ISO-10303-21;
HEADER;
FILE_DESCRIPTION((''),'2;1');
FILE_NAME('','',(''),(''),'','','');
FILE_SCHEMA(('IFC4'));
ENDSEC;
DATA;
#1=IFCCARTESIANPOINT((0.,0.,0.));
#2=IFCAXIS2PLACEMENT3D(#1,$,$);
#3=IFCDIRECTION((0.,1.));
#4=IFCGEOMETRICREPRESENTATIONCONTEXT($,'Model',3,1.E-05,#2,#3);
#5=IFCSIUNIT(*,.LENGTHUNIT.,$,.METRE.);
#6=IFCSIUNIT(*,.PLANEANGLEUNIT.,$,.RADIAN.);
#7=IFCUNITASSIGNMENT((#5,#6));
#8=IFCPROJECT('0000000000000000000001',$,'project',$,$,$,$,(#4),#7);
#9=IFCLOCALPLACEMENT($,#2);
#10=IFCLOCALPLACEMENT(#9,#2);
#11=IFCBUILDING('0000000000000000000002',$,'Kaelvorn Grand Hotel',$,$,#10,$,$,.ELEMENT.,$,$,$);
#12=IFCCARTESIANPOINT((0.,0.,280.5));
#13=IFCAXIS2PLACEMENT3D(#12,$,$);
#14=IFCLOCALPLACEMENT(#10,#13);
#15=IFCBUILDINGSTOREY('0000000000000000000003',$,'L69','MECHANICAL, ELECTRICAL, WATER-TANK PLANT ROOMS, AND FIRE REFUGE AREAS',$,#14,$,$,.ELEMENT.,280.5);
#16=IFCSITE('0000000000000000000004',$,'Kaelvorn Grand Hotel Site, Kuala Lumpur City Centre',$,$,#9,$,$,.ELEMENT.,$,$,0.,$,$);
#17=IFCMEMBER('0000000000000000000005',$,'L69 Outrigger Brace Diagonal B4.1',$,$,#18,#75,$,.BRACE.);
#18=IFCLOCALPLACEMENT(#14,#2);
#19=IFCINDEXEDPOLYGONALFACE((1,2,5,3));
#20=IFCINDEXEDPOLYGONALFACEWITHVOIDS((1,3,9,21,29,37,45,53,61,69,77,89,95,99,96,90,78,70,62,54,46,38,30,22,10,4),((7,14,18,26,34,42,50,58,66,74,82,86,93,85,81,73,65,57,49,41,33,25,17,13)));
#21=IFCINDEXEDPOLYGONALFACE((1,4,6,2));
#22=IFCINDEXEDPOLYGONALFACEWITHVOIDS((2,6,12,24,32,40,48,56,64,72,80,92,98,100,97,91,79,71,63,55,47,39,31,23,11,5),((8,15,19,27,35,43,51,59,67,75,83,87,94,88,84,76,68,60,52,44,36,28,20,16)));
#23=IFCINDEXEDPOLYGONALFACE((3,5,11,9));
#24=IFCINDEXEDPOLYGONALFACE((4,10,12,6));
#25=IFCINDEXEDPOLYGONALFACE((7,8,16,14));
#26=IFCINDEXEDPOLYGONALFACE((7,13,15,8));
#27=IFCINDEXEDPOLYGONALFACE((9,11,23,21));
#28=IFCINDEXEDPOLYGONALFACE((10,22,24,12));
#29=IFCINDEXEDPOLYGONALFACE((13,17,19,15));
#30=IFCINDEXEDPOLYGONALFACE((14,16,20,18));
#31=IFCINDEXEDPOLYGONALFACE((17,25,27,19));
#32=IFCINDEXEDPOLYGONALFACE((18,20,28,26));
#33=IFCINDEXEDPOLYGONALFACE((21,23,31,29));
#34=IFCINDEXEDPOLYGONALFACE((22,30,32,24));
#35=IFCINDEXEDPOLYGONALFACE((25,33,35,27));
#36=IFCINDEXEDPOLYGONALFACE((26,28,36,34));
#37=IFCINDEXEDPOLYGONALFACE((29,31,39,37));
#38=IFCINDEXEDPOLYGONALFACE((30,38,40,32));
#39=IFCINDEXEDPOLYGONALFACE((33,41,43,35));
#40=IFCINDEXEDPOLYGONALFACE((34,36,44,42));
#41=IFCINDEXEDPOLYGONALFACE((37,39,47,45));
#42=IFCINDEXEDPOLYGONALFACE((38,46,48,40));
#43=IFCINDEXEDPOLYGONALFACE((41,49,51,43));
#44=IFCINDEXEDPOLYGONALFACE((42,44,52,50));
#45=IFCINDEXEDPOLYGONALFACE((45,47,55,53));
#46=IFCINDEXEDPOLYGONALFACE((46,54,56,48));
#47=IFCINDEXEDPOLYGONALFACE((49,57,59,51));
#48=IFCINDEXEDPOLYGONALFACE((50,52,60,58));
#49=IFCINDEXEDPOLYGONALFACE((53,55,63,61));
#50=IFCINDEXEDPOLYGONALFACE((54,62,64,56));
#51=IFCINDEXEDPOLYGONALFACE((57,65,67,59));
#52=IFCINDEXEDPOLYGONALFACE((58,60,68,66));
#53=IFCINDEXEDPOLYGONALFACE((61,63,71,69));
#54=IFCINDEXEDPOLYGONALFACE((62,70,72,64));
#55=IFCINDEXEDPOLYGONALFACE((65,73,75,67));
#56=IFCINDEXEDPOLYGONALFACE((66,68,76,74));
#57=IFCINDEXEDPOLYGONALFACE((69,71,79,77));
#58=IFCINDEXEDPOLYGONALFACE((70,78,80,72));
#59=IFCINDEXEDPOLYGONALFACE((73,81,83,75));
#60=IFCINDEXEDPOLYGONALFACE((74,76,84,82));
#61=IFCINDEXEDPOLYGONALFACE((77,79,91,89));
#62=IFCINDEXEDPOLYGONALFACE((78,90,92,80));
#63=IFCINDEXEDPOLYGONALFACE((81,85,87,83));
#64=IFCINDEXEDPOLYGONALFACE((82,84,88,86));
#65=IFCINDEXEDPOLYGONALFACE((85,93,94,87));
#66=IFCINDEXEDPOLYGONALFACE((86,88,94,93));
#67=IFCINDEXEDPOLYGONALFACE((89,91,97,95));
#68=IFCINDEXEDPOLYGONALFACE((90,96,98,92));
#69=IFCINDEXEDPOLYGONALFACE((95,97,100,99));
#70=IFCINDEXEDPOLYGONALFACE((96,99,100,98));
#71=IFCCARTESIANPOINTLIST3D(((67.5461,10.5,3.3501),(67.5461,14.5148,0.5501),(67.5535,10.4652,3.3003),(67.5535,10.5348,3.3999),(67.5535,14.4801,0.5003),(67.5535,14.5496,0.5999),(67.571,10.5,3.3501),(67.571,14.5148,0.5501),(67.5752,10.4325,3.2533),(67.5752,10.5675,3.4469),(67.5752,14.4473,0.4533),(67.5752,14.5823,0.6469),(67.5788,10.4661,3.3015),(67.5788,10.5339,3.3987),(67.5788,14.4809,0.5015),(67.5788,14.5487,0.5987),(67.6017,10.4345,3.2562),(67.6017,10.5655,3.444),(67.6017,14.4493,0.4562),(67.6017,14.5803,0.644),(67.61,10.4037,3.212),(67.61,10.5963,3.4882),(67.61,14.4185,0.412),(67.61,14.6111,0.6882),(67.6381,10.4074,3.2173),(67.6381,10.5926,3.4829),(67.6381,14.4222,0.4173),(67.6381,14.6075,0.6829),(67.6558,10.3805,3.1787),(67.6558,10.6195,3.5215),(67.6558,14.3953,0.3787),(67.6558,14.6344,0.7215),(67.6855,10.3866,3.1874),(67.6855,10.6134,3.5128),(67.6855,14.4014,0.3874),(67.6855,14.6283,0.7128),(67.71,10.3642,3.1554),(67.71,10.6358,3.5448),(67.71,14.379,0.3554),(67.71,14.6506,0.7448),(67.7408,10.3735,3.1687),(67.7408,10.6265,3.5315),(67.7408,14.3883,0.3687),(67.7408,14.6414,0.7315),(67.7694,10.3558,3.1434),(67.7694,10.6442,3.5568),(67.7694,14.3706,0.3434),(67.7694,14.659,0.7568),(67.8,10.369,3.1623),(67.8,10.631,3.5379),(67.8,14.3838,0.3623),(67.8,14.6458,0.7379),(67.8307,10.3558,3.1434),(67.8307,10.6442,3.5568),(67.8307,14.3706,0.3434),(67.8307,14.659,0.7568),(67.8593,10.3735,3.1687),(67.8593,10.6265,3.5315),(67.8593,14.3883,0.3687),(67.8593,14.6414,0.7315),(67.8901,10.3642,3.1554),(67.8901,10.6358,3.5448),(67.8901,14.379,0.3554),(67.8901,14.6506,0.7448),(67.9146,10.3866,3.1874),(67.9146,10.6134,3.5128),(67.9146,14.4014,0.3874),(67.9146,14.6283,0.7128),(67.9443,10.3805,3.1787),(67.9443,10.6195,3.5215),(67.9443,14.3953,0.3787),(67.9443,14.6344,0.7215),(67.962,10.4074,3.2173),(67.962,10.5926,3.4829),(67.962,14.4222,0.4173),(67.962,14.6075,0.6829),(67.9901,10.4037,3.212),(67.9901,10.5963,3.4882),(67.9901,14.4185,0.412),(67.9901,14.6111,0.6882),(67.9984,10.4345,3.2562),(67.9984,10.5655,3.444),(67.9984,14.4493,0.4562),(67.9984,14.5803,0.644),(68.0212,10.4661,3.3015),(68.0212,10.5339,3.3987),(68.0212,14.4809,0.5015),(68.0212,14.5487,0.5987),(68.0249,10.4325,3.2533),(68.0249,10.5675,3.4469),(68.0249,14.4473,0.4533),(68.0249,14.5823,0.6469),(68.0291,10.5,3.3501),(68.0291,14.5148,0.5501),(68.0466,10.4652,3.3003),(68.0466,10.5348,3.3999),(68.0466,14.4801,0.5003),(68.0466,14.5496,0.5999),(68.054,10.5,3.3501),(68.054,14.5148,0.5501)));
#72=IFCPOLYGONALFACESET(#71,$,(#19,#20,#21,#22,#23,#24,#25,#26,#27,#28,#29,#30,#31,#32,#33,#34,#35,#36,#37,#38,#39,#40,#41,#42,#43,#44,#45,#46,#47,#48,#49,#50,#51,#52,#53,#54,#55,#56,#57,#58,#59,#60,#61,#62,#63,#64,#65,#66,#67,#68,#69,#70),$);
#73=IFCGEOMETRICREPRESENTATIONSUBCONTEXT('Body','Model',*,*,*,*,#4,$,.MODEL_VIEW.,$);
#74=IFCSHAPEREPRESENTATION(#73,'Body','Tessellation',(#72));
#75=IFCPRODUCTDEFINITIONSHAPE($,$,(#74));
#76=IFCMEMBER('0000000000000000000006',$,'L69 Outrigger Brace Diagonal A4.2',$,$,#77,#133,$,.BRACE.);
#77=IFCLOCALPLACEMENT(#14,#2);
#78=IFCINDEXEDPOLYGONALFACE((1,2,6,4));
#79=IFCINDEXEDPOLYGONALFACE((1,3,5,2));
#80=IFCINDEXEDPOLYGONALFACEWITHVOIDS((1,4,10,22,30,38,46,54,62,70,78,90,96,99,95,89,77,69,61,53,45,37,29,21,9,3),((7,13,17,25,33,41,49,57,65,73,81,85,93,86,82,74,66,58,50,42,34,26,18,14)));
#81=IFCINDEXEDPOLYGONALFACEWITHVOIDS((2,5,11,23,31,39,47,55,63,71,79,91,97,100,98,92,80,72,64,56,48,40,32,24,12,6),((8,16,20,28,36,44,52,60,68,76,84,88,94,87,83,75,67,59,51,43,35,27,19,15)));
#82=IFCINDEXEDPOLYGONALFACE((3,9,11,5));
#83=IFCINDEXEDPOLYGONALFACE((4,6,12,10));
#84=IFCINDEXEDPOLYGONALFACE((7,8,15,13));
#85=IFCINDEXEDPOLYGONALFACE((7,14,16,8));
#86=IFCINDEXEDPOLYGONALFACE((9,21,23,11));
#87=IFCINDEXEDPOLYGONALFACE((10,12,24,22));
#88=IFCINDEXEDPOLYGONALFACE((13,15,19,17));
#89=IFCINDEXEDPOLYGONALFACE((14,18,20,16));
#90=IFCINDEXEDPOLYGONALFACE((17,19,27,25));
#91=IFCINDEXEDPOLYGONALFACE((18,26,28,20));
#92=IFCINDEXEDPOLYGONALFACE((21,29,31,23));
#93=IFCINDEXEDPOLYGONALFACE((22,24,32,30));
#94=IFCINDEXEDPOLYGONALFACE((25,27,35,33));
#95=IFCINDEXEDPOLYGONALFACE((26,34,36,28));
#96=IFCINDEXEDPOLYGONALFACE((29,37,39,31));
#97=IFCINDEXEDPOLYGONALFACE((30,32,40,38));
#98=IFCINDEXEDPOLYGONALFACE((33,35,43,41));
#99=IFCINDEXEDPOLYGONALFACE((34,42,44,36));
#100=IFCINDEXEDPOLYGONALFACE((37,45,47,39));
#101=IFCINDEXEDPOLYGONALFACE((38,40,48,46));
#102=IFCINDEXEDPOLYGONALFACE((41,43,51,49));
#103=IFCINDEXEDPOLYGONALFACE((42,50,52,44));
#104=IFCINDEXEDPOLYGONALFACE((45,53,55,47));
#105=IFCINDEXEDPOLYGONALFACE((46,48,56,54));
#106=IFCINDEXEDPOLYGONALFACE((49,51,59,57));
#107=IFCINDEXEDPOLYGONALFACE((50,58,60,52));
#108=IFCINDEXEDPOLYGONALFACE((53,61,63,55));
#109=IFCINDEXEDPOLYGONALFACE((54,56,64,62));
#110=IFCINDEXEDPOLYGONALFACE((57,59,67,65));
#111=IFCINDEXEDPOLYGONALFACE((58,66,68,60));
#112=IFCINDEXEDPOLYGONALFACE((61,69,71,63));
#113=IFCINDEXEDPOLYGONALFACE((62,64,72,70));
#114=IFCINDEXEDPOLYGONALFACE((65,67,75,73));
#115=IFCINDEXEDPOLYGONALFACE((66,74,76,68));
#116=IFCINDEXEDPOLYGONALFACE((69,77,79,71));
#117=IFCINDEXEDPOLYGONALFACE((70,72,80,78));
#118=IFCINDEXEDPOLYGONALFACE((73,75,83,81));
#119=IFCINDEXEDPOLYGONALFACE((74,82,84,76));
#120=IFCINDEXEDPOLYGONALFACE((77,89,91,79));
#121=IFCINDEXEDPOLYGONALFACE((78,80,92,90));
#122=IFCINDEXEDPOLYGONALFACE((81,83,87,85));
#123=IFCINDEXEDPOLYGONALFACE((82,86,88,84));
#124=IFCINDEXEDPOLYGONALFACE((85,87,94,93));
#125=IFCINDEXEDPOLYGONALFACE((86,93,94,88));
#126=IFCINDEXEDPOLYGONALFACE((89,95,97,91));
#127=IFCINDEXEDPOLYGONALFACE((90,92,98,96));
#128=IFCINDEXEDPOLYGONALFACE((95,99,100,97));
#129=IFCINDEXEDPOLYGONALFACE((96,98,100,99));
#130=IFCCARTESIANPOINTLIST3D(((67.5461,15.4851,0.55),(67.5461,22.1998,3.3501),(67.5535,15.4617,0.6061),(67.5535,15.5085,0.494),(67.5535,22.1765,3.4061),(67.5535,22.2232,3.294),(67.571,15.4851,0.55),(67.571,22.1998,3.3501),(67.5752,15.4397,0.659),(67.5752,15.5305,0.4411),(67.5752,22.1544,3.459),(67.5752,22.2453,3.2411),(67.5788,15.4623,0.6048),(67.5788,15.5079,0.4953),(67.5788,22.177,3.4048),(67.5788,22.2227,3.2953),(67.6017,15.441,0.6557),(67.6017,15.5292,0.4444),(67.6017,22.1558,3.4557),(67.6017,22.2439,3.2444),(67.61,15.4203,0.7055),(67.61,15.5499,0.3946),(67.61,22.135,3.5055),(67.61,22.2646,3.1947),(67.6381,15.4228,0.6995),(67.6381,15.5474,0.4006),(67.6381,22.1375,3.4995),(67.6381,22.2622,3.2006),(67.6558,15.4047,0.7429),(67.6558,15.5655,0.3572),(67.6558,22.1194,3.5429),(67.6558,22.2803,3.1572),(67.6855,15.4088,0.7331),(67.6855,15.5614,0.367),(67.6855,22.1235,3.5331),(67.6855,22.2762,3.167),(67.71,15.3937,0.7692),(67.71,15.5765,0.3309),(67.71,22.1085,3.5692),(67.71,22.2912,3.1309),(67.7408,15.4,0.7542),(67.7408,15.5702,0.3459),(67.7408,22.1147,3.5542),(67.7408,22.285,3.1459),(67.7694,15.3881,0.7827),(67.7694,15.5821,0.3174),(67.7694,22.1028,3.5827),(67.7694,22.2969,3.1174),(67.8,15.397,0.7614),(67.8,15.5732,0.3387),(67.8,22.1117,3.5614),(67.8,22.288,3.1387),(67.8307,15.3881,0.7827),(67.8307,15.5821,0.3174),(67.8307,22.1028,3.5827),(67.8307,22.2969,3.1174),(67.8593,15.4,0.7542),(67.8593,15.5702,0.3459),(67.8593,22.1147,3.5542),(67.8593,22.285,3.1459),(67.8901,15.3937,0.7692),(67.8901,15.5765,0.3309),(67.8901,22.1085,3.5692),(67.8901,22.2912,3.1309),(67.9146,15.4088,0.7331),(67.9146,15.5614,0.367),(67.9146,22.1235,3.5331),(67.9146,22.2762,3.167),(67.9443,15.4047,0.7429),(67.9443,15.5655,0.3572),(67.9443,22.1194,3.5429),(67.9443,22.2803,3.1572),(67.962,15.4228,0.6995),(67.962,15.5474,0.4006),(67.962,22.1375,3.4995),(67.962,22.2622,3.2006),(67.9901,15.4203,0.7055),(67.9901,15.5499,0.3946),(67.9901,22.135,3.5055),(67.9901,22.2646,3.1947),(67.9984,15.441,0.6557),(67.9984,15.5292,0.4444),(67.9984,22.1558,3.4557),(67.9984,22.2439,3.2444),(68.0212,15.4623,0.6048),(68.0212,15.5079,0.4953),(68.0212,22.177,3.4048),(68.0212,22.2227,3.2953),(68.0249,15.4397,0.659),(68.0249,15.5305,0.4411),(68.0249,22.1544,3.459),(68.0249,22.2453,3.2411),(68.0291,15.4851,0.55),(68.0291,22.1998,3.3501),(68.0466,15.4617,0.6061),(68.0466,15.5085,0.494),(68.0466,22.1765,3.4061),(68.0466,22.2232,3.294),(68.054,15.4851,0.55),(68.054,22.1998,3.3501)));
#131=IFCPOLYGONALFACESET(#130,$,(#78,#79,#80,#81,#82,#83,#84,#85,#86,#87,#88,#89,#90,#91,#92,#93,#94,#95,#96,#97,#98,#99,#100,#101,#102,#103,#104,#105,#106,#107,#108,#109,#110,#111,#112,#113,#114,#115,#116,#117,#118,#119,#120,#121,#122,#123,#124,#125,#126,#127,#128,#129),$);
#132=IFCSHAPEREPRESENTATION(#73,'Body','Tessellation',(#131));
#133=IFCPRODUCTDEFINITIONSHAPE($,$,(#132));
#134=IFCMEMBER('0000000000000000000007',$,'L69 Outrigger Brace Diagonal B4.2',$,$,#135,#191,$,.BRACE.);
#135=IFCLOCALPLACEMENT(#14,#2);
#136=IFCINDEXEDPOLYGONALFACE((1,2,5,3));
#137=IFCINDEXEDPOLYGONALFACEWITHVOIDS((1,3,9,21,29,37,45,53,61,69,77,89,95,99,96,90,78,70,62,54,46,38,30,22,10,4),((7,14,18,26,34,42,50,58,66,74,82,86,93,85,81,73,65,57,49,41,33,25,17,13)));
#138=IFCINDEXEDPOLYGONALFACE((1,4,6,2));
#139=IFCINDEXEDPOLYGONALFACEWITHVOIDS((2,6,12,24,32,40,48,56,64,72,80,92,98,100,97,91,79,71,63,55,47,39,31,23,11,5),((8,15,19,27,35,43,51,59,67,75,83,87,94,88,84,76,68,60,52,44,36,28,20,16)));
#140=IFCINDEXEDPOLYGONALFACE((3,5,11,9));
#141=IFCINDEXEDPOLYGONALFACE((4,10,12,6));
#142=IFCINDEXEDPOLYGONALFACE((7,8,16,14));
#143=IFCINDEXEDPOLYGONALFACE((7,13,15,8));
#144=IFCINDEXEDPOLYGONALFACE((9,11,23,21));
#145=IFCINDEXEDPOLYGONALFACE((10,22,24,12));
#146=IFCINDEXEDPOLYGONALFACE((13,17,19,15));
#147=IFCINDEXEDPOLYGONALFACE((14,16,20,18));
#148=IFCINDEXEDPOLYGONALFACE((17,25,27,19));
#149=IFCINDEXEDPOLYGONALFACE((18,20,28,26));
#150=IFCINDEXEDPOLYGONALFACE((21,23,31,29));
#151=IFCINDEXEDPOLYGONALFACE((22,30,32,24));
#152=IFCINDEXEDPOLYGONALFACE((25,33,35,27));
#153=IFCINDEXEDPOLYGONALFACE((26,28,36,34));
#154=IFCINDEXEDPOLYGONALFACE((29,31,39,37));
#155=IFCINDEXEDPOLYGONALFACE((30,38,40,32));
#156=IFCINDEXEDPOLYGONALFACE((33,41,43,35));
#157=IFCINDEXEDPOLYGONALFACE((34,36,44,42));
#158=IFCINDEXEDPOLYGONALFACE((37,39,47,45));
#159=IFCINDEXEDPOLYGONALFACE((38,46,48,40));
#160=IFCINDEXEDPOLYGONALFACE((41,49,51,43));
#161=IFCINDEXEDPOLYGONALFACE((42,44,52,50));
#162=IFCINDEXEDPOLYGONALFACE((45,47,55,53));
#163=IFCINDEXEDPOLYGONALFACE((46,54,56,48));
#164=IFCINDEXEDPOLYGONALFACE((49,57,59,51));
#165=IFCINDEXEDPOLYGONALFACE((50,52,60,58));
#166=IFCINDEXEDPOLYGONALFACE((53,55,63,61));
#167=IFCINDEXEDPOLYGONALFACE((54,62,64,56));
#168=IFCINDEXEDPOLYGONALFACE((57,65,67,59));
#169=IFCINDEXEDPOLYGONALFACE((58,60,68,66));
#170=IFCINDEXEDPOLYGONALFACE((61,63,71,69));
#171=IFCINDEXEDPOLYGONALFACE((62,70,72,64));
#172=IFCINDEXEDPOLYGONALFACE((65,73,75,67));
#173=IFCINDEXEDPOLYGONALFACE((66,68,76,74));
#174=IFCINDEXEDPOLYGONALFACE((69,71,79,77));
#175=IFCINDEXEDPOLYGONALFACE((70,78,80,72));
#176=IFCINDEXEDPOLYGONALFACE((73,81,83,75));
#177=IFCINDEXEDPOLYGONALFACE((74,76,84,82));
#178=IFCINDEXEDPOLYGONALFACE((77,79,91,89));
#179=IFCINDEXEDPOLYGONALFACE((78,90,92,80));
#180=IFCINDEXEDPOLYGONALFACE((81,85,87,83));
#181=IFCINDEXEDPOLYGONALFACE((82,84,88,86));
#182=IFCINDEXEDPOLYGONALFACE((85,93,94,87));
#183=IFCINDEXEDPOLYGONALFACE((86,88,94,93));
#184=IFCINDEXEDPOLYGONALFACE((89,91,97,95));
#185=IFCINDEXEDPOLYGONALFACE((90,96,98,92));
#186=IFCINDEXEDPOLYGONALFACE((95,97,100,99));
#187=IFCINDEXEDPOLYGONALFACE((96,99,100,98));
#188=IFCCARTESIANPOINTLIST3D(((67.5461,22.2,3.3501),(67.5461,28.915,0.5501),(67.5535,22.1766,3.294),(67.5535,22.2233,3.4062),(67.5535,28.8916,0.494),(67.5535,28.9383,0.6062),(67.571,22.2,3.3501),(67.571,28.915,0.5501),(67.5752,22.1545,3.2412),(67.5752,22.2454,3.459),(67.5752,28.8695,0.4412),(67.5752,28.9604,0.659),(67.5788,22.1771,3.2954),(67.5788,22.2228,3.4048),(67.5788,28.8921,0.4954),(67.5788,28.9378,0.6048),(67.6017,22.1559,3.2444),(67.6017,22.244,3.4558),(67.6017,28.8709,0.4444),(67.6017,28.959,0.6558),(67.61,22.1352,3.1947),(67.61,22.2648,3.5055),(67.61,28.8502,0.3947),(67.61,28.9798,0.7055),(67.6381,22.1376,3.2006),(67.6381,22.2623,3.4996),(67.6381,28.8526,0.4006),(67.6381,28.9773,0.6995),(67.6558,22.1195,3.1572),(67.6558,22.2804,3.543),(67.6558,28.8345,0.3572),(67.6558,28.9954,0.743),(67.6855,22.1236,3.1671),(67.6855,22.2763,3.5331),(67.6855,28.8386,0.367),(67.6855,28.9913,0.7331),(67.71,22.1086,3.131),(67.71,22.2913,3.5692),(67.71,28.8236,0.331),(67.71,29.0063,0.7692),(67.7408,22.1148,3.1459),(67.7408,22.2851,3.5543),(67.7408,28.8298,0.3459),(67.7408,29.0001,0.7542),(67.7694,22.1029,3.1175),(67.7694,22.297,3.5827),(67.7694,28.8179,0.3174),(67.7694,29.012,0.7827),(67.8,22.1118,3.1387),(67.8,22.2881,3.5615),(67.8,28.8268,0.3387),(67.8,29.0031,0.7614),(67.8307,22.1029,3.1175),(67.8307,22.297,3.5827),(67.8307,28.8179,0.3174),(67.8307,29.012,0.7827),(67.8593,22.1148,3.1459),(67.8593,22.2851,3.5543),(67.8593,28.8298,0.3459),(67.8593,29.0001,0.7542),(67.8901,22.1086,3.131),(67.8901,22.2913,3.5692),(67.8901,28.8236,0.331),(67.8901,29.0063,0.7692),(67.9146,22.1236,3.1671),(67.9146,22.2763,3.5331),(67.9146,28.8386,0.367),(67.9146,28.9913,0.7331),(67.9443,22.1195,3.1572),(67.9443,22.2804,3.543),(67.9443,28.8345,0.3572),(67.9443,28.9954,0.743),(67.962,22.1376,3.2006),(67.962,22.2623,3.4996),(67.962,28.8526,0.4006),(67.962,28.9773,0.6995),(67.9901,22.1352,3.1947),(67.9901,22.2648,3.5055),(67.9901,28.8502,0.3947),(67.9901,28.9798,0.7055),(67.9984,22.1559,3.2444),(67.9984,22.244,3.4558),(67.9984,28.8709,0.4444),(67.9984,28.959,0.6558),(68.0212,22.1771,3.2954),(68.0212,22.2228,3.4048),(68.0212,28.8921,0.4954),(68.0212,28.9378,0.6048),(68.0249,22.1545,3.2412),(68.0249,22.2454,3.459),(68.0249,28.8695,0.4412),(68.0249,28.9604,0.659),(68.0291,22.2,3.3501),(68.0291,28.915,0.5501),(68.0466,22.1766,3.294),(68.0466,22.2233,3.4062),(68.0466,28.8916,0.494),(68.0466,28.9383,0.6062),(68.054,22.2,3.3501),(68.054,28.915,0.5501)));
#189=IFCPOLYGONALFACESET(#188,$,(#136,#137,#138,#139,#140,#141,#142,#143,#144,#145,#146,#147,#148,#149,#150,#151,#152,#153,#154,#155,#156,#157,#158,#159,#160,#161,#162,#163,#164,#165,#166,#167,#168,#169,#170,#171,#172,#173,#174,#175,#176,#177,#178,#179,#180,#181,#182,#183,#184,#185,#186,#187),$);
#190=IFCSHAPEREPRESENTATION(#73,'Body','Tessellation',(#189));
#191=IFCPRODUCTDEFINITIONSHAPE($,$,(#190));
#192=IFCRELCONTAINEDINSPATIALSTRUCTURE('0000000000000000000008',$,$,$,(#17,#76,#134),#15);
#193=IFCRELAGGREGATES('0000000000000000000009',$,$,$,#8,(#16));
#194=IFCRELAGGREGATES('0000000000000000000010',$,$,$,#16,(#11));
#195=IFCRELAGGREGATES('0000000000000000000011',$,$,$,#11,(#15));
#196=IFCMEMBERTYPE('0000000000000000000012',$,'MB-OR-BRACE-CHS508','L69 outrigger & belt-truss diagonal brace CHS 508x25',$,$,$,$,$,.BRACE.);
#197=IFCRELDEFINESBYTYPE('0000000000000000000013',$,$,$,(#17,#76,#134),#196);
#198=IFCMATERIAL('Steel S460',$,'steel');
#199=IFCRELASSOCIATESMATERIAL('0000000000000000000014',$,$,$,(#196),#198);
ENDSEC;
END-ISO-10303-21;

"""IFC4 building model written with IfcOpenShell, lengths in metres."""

from ifc_helpers import new_model, si_unit, direction, frame, origin, origin_2d, place, context, subcontext, project, spatial, hollow_circle, extrude, material, material_profile, profile_set, type_object, element, save


model = new_model("IFC4")

# Units and contexts
model_context = context("Model", 3, precision=1e-05, world=origin(), true_north=direction((0.0, 1.0)))
body_context = subcontext(model_context, "Body", "Model", "MODEL_VIEW")
ifc_project = project(units=[si_unit("LENGTHUNIT", "METRE"), si_unit("PLANEANGLEUNIT", "RADIAN")], contexts=[model_context])

# Site, building, storey
site_placement = place(None, origin())
site = spatial("IfcSite", under=ifc_project, at=site_placement, Name="Kaelvorn Grand Hotel Site, Kuala Lumpur City Centre", CompositionType="ELEMENT", RefElevation=0.0)
building_placement = place(site_placement, origin())
building = spatial("IfcBuilding", under=site, at=building_placement, Name="Kaelvorn Grand Hotel", CompositionType="ELEMENT")
storey_placement = place(building_placement, frame((0.0, 0.0, 280.5)))
storey = spatial("IfcBuildingStorey", under=building, at=storey_placement, Name="L69", Description="MECHANICAL, ELECTRICAL, WATER-TANK PLANT ROOMS, AND FIRE REFUGE AREAS", CompositionType="ELEMENT", Elevation=280.5)

# Shared definitions
ifc_material_1 = material(Name="Steel S460", Category="steel")

# Members
ifc_material_profile_1 = material_profile(ifc_material_1, hollow_circle(Radius=0.2539, WallThickness=0.0249, at=origin_2d()), Name="CHS 508.0x25.0")
ifc_profile_set_1 = profile_set([ifc_material_profile_1], Name="Steel S460")
member_type_1 = type_object("IfcMemberType", Name="MB-OR-BRACE-CHS508", Description="L69 outrigger & belt-truss diagonal brace CHS 508x25", PredefinedType="BRACE", material=ifc_profile_set_1)
member_1_placement = place(storey_placement, frame((67.8, 10.5, 3.3501), z_axis=(0.0, 0.820227, -0.572039), x_axis=(-1.0, 0.0, 0.0)))
element("IfcMember", 1, at=member_1_placement, inside=storey, type_object=member_type_1, Name="L69 Outrigger Brace Diagonal B4.1", PredefinedType="BRACE", context=body_context, shape_type="SweptSolid", body=[
    extrude(hollow_circle(Radius=0.2539, WallThickness=0.0249, at=origin_2d()), origin(), (0.0, 0.0, 1.0), 4.8948),
])
member_2_placement = place(storey_placement, frame((67.8, 15.4851, 0.55), z_axis=(0.0, 0.92297, 0.384873), x_axis=(-1.0, 0.0, 0.0)))
element("IfcMember", 2, at=member_2_placement, inside=storey, type_object=member_type_1, Name="L69 Outrigger Brace Diagonal A4.2", PredefinedType="BRACE", context=body_context, shape_type="SweptSolid", body=[
    extrude(hollow_circle(Radius=0.2539, WallThickness=0.0249, at=origin_2d()), origin(), (0.0, 0.0, 1.0), 7.2751),
])
member_3_placement = place(storey_placement, frame((67.8, 22.2, 3.3501), z_axis=(0.0, 0.922975, -0.384861), x_axis=(-1.0, 0.0, 0.0)))
element("IfcMember", 3, at=member_3_placement, inside=storey, type_object=member_type_1, Name="L69 Outrigger Brace Diagonal B4.2", PredefinedType="BRACE", context=body_context, shape_type="SweptSolid", body=[
    extrude(hollow_circle(Radius=0.2539, WallThickness=0.0249, at=origin_2d()), origin(), (0.0, 0.0, 1.0), 7.2754),
])

save(model, "model.ifc")
